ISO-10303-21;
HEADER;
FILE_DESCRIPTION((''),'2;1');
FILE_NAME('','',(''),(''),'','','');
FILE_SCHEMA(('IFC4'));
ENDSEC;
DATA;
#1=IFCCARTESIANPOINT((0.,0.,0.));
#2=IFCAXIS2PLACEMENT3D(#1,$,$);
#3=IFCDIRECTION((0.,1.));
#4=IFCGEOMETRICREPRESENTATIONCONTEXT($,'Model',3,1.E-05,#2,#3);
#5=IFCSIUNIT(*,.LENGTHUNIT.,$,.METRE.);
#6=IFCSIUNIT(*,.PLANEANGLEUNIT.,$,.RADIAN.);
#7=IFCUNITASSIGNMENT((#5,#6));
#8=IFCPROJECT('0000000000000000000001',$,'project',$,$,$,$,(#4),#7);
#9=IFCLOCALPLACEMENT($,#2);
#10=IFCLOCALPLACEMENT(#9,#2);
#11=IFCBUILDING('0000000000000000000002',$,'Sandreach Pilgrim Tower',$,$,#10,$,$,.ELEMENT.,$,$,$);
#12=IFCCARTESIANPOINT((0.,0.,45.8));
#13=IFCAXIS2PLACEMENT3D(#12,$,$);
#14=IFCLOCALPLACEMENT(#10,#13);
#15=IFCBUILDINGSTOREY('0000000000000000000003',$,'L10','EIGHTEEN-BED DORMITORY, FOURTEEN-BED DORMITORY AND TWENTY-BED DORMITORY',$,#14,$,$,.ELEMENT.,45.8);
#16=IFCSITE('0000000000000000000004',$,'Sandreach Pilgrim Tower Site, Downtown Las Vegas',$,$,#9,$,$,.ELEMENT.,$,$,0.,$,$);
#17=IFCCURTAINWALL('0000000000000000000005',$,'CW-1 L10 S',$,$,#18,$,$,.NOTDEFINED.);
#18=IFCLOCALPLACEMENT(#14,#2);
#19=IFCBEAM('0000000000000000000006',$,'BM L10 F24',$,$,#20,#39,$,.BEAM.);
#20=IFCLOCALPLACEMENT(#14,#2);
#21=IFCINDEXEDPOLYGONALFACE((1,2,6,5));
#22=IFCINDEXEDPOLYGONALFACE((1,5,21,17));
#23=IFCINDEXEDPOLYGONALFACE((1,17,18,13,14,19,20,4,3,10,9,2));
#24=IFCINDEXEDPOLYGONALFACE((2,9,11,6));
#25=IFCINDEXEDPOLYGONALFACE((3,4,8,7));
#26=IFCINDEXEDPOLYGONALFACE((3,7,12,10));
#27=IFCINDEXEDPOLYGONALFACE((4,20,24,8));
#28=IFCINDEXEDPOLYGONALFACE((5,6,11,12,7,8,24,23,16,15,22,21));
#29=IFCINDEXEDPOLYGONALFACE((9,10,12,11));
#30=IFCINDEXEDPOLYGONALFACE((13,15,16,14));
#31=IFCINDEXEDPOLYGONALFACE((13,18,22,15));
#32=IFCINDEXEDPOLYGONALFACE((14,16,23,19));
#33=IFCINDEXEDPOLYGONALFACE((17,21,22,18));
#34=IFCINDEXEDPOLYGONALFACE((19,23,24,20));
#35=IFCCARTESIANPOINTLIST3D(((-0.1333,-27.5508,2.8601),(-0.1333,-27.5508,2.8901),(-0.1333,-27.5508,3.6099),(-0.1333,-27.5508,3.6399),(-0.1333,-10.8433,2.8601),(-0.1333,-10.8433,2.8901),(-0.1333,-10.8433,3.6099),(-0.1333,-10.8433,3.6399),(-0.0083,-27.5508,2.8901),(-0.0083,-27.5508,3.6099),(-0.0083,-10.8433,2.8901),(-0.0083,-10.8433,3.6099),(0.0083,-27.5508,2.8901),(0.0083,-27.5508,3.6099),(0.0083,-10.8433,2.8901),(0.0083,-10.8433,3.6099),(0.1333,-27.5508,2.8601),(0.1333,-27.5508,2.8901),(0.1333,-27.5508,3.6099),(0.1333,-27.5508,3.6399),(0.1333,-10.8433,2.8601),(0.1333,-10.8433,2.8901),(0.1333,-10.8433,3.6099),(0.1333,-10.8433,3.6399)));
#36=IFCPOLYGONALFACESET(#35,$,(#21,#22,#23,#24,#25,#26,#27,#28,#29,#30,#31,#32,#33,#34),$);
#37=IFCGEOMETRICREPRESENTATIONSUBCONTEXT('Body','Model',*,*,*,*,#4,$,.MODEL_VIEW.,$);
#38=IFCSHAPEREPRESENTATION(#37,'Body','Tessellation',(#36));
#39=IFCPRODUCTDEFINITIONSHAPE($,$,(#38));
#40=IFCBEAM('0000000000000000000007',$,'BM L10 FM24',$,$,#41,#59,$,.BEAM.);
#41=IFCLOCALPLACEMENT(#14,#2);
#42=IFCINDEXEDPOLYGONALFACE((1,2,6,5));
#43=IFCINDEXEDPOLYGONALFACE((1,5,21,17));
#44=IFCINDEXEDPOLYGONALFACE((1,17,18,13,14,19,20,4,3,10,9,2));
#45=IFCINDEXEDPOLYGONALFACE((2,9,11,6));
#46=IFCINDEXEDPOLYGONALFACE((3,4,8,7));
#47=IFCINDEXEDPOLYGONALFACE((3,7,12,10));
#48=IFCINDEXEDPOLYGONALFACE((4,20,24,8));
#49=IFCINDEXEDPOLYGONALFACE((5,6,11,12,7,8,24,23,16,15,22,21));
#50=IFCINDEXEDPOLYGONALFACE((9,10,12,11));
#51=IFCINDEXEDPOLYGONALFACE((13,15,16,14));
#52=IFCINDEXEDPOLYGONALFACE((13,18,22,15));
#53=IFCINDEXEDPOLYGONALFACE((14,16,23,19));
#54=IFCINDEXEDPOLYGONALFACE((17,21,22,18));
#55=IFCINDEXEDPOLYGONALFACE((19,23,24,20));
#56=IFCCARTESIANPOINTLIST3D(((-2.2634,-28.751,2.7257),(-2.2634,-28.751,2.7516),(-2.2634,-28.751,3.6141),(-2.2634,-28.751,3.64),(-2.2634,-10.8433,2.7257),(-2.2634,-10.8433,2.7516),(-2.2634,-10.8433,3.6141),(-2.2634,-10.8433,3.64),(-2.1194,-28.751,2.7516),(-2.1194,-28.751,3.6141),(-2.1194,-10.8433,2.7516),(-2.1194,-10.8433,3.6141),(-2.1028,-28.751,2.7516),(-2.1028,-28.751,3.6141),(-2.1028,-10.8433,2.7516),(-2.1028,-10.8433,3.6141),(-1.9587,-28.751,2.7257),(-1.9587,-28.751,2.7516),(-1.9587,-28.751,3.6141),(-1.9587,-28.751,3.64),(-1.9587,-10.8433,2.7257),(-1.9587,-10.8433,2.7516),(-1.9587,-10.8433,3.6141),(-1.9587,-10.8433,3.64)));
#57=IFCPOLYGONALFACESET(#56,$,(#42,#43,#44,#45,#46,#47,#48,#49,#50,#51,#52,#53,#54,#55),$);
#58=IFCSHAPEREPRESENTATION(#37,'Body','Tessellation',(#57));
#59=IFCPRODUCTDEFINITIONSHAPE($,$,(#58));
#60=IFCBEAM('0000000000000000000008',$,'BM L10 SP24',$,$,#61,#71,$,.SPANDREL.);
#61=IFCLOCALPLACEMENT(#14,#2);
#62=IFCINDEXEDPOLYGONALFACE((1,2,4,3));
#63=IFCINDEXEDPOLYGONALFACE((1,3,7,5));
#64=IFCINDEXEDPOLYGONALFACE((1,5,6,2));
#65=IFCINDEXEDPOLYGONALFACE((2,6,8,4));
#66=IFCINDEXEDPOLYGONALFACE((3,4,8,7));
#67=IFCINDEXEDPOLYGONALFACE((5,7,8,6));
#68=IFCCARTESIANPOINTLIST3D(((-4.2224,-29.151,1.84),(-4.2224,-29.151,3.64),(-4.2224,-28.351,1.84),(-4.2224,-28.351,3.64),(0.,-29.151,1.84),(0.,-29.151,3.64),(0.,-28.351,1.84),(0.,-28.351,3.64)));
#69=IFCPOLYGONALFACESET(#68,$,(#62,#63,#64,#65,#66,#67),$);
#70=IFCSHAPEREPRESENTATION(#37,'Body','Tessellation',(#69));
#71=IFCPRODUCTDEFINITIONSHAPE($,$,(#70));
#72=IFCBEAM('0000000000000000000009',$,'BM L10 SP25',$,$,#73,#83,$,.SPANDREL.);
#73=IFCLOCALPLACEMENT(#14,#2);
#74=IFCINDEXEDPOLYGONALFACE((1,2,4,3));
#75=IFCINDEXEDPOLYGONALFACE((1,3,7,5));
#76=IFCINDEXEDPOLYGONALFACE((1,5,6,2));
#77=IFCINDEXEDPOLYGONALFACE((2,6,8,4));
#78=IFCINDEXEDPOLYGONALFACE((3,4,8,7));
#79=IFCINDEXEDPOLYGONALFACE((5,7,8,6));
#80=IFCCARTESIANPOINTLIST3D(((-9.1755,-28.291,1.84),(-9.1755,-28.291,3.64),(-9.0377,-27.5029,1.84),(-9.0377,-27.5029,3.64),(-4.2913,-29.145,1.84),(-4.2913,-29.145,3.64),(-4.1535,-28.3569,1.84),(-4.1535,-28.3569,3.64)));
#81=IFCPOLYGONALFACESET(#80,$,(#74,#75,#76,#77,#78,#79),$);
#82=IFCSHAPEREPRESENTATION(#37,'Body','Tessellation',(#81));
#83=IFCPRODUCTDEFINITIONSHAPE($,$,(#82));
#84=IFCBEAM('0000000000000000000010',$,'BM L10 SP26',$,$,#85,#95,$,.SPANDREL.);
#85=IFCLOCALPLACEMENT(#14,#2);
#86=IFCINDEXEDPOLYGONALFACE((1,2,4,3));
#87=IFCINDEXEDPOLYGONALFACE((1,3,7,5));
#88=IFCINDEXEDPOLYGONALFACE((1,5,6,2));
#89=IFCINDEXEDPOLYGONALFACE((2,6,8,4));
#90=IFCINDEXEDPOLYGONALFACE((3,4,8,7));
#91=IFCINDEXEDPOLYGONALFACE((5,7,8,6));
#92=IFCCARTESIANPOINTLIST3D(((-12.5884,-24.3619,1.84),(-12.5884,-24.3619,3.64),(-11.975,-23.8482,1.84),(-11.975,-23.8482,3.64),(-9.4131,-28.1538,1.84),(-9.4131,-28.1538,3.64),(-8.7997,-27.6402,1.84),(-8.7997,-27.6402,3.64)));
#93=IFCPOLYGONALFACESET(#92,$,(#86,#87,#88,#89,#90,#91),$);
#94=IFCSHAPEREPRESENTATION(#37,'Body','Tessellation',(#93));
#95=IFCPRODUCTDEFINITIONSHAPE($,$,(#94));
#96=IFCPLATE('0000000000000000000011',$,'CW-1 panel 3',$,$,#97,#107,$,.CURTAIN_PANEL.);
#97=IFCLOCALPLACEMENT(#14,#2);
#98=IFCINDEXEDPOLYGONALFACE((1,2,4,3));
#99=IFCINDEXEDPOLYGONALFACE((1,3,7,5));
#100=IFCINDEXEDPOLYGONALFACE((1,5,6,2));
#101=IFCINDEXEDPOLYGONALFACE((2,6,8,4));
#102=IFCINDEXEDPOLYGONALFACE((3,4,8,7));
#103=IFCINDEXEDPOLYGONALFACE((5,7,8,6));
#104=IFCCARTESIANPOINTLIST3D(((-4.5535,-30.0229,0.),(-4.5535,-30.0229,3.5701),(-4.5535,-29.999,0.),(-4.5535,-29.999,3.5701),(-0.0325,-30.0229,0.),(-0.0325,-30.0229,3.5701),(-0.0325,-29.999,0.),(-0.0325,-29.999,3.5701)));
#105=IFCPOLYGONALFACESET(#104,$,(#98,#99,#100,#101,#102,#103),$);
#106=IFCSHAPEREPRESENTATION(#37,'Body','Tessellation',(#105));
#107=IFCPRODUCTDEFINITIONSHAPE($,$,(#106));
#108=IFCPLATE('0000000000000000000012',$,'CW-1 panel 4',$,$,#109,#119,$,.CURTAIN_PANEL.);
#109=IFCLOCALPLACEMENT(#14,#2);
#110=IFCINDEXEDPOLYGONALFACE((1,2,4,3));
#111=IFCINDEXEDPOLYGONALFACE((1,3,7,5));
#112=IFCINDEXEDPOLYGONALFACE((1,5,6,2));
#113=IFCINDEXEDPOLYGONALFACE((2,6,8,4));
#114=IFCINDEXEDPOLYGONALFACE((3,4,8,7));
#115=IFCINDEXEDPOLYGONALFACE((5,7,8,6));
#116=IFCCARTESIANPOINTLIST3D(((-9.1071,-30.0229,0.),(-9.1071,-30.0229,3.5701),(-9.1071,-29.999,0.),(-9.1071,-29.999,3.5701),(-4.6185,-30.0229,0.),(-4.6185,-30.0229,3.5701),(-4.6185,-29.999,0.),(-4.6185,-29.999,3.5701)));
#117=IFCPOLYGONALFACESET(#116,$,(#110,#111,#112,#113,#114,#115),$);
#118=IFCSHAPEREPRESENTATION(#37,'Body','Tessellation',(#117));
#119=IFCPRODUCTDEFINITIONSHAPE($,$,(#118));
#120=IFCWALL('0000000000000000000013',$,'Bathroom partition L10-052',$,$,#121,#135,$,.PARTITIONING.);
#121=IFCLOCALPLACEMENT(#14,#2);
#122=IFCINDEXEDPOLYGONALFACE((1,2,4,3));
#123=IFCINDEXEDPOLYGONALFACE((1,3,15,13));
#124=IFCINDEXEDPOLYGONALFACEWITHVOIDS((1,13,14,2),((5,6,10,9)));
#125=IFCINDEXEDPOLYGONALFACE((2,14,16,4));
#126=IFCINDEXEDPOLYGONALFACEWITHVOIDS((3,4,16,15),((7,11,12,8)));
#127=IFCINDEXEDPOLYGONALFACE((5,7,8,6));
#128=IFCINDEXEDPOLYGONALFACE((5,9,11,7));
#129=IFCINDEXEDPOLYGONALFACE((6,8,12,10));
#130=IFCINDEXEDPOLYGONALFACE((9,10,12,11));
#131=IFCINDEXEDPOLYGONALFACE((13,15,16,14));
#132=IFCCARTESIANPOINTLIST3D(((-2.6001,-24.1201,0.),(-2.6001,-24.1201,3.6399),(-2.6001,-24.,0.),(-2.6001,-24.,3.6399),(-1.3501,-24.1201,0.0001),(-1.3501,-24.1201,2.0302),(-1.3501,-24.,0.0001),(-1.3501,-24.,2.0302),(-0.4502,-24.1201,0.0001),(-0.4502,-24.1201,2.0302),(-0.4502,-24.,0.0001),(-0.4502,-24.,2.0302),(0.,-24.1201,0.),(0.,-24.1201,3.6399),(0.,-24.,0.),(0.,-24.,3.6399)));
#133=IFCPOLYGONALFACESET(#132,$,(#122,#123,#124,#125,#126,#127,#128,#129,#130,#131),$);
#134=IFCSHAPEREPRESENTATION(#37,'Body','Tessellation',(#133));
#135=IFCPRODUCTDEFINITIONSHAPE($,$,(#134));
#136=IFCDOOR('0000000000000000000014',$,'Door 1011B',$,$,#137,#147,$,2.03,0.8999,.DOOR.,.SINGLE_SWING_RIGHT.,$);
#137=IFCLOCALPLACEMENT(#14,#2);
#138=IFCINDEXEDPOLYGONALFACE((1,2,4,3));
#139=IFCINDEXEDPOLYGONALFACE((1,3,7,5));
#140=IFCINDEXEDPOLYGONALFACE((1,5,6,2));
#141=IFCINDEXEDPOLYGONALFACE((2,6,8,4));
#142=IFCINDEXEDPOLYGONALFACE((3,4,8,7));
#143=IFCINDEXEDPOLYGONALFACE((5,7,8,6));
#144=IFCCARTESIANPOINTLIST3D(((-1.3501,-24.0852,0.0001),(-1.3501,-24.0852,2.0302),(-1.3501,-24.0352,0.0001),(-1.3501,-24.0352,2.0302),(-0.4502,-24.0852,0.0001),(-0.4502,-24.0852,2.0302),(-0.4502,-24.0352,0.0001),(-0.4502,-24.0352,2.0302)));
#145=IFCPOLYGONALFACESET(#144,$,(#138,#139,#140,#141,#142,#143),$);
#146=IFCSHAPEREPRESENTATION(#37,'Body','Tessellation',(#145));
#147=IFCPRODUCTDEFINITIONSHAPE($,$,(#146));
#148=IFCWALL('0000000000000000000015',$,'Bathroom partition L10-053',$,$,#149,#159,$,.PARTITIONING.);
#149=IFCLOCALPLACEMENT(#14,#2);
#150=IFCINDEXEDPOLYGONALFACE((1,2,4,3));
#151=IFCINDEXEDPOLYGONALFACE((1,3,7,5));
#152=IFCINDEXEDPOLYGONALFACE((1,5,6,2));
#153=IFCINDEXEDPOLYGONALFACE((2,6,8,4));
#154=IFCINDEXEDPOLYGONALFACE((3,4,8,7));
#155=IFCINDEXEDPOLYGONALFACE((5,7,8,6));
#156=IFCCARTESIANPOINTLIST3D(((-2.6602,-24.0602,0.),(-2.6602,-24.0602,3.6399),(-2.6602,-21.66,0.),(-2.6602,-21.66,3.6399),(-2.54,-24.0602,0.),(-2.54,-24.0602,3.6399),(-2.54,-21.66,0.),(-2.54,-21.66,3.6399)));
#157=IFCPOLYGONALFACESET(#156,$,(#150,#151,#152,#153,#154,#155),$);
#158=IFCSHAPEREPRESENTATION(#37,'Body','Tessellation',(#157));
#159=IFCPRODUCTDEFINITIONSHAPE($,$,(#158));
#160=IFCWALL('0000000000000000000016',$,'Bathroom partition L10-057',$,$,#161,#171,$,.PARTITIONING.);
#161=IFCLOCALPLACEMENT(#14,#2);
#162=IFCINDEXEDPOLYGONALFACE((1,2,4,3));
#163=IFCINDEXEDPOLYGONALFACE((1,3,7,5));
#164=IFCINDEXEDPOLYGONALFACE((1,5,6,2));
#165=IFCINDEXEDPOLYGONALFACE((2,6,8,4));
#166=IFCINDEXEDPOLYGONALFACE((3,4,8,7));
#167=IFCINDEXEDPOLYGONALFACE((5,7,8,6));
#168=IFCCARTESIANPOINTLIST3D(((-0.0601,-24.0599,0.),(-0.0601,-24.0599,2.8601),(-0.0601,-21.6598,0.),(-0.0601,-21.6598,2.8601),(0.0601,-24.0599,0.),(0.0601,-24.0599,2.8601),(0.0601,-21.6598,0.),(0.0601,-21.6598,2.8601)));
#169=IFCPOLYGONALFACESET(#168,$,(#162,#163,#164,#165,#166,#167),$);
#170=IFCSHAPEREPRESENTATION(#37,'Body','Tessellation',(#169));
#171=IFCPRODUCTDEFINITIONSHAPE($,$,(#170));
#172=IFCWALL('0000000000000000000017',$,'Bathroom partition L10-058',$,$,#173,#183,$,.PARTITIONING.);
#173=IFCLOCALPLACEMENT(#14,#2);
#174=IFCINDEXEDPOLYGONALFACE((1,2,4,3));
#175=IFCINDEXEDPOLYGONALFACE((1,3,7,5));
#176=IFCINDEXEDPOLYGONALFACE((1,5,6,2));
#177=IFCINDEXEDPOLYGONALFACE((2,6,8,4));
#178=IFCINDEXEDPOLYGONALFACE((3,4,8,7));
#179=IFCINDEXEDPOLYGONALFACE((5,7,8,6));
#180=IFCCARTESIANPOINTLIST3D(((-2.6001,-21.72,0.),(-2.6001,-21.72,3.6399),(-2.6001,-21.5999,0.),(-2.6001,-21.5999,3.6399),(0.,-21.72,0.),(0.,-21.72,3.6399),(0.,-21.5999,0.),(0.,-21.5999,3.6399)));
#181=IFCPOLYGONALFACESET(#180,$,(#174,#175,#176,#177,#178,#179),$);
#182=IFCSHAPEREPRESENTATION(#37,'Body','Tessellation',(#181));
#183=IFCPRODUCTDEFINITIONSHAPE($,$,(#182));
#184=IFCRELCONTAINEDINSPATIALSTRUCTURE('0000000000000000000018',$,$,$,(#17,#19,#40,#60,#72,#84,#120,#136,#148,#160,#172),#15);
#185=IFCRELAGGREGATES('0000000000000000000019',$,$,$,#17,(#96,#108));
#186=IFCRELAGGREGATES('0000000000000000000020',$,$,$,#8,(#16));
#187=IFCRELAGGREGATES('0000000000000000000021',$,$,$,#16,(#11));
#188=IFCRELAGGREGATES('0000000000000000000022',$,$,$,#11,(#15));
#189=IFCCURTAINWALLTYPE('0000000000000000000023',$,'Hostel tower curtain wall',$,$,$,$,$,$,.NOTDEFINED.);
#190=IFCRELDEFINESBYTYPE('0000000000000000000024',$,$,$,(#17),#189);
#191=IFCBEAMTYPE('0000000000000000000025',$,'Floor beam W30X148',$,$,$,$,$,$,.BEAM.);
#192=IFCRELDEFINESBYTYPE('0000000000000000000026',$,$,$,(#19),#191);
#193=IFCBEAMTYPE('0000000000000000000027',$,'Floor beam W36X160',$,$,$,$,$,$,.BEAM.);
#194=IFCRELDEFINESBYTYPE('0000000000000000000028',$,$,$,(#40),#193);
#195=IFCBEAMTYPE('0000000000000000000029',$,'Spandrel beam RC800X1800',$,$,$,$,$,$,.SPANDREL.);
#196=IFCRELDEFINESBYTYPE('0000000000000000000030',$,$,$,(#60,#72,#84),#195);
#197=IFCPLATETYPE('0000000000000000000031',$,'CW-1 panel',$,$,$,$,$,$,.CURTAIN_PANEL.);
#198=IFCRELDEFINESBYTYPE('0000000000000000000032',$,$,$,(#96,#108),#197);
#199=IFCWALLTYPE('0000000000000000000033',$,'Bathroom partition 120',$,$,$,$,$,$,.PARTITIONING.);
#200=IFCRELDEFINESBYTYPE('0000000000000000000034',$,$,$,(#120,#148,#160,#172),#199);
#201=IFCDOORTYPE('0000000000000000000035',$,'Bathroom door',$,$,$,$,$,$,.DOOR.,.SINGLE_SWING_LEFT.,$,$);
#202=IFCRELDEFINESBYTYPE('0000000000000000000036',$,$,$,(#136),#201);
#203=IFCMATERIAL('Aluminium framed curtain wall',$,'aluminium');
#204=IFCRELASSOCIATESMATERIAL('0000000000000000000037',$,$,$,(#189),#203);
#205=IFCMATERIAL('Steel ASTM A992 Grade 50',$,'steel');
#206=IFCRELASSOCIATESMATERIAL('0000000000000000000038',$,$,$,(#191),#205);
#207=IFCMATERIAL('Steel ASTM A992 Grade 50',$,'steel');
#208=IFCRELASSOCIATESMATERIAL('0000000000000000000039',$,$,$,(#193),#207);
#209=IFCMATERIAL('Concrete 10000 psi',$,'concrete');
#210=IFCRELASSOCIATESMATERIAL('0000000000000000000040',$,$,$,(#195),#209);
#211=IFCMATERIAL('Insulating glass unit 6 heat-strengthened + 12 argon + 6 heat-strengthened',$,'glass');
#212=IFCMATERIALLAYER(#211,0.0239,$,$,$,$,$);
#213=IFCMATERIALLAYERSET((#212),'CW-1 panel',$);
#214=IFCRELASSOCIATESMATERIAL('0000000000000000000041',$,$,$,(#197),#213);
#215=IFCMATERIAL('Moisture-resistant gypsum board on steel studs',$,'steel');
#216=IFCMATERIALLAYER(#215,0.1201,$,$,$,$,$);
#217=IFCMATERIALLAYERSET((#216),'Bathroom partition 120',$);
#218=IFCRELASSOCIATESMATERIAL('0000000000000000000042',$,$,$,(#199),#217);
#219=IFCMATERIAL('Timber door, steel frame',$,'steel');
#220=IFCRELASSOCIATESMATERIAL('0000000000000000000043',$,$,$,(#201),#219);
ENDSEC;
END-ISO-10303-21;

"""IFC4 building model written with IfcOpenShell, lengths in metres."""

from ifc_helpers import new_model, si_unit, direction, frame, frame_2d, origin, origin_2d, place, context, subcontext, project, spatial, rectangle, i_section, extrude, material, layer, layer_set, material_profile, profile_set, type_object, element, fill, aggregate, save


model = new_model("IFC4")

# Units and contexts
model_context = context("Model", 3, precision=1e-05, world=origin(), true_north=direction((0.0, 1.0)))
body_context = subcontext(model_context, "Body", "Model", "MODEL_VIEW")
ifc_project = project(units=[si_unit("LENGTHUNIT", "METRE"), si_unit("PLANEANGLEUNIT", "RADIAN")], contexts=[model_context])

# Site, building, storey
site_placement = place(None, origin())
site = spatial("IfcSite", under=ifc_project, at=site_placement, Name="Sandreach Pilgrim Tower Site, Downtown Las Vegas", CompositionType="ELEMENT", RefElevation=0.0)
building_placement = place(site_placement, origin())
building = spatial("IfcBuilding", under=site, at=building_placement, Name="Sandreach Pilgrim Tower", CompositionType="ELEMENT")
storey_placement = place(building_placement, frame((0.0, 0.0, 45.8)))
storey = spatial("IfcBuildingStorey", under=building, at=storey_placement, Name="L10", Description="EIGHTEEN-BED DORMITORY, FOURTEEN-BED DORMITORY AND TWENTY-BED DORMITORY", CompositionType="ELEMENT", Elevation=45.8)

# Curtain wall
ifc_material_1 = material(Name="Aluminium framed curtain wall", Category="aluminium")
curtain_wall_type = type_object("IfcCurtainWallType", Name="Hostel tower curtain wall", PredefinedType="NOTDEFINED", material=ifc_material_1)
curtain_wall_placement = place(storey_placement, origin())
curtain_wall = element("IfcCurtainWall", 1, at=curtain_wall_placement, inside=storey, type_object=curtain_wall_type, Name="CW-1 L10 S", PredefinedType="NOTDEFINED")

# Beams
ifc_material_2 = material(Name="Steel ASTM A992 Grade 50", Category="steel")
ifc_material_profile_1 = material_profile(ifc_material_2, i_section(OverallWidth=0.2666, OverallDepth=0.7798, WebThickness=0.0166, FlangeThickness=0.03, at=origin_2d()), Name="W30X148")
ifc_profile_set_1 = profile_set([ifc_material_profile_1], Name="Steel ASTM A992 Grade 50")
beam_type_1 = type_object("IfcBeamType", Name="Floor beam W30X148", PredefinedType="BEAM", material=ifc_profile_set_1)
beam_1_placement = place(storey_placement, frame((0.0, -27.5508, 3.25), z_axis=(0.0, 1.0, 0.0), x_axis=(-1.0, 0.0, 0.0)))
element("IfcBeam", 2, at=beam_1_placement, inside=storey, type_object=beam_type_1, Name="BM L10 F24", PredefinedType="BEAM", context=body_context, shape_type="SweptSolid", body=[
    extrude(i_section(OverallWidth=0.2666, OverallDepth=0.7798, WebThickness=0.0166, FlangeThickness=0.03, at=origin_2d()), origin(), (0.0, 0.0, 1.0), 16.7075),
])
ifc_material_3 = material(Name="Steel ASTM A992 Grade 50", Category="steel")
ifc_material_profile_2 = material_profile(ifc_material_3, i_section(OverallWidth=0.3047, OverallDepth=0.9143, WebThickness=0.0166, FlangeThickness=0.0259, at=origin_2d()), Name="W36X160")
ifc_profile_set_2 = profile_set([ifc_material_profile_2], Name="Steel ASTM A992 Grade 50")
beam_type_2 = type_object("IfcBeamType", Name="Floor beam W36X160", PredefinedType="BEAM", material=ifc_profile_set_2)
beam_2_placement = place(storey_placement, frame((-2.1111, -28.751, 3.1829), z_axis=(0.0, 1.0, 0.0), x_axis=(-1.0, 0.0, 0.0)))
element("IfcBeam", 3, at=beam_2_placement, inside=storey, type_object=beam_type_2, Name="BM L10 FM24", PredefinedType="BEAM", context=body_context, shape_type="SweptSolid", body=[
    extrude(i_section(OverallWidth=0.3047, OverallDepth=0.9143, WebThickness=0.0166, FlangeThickness=0.0259, at=origin_2d()), origin(), (0.0, 0.0, 1.0), 17.9077),
])
ifc_material_4 = material(Name="Concrete 10000 psi", Category="concrete")
ifc_material_profile_3 = material_profile(ifc_material_4, rectangle(XDim=0.8, YDim=1.8, at=origin_2d()), Name="RC800X1800")
ifc_profile_set_3 = profile_set([ifc_material_profile_3], Name="Concrete 10000 psi")
beam_type_3 = type_object("IfcBeamType", Name="Spandrel beam RC800X1800", PredefinedType="SPANDREL", material=ifc_profile_set_3)
beam_3_placement = place(storey_placement, frame((0.0, -28.751, 2.74), z_axis=(-1.0, 0.0, 0.0), x_axis=(0.0, -1.0, 0.0)))
element("IfcBeam", 4, at=beam_3_placement, inside=storey, type_object=beam_type_3, Name="BM L10 SP24", PredefinedType="SPANDREL", context=body_context, shape_type="SweptSolid", body=[
    extrude(rectangle(XDim=0.8, YDim=1.8, at=origin_2d()), origin(), (0.0, 0.0, 1.0), 4.2224),
])
beam_4_placement = place(storey_placement, frame((-4.2224, -28.751, 2.74), z_axis=(-0.985054, 0.172243, 0.0), x_axis=(-0.172243, -0.985054, 0.0)))
element("IfcBeam", 5, at=beam_4_placement, inside=storey, type_object=beam_type_3, Name="BM L10 SP25", PredefinedType="SPANDREL", context=body_context, shape_type="SweptSolid", body=[
    extrude(rectangle(XDim=0.8, YDim=1.8, at=origin_2d()), origin(), (0.0, 0.0, 1.0), 4.9583),
])
beam_5_placement = place(storey_placement, frame((-9.1064, -27.897, 2.74), z_axis=(-0.642008, 0.766698, 0.0), x_axis=(-0.766698, -0.642008, 0.0)))
element("IfcBeam", 6, at=beam_5_placement, inside=storey, type_object=beam_type_3, Name="BM L10 SP26", PredefinedType="SPANDREL", context=body_context, shape_type="SweptSolid", body=[
    extrude(rectangle(XDim=0.8, YDim=1.8, at=origin_2d()), origin(), (0.0, 0.0, 1.0), 4.9458),
])

# Plates
ifc_material_5 = material(Name="Insulating glass unit 6 heat-strengthened + 12 argon + 6 heat-strengthened", Category="glass")
ifc_layer_1 = layer(ifc_material_5, 0.0239)
ifc_layer_set_1 = layer_set([ifc_layer_1], Name="CW-1 panel")
plate_type = type_object("IfcPlateType", Name="CW-1 panel", PredefinedType="CURTAIN_PANEL", material=ifc_layer_set_1)
plate_1_placement = place(storey_placement, frame((-2.293, -30.011, 0.0), z_axis=(0.0, 0.0, 1.0), x_axis=(-1.0, 0.0, 0.0)))
plate_1 = element("IfcPlate", 7, at=plate_1_placement, type_object=plate_type, Name="CW-1 panel 3", PredefinedType="CURTAIN_PANEL", context=body_context, shape_type="SweptSolid", body=[
    extrude(rectangle(XDim=4.521, YDim=0.0239, at=origin_2d()), origin(), (0.0, 0.0, 1.0), 3.5701),
])
plate_2_placement = place(storey_placement, frame((-6.8628, -30.011, 0.0), z_axis=(0.0, 0.0, 1.0), x_axis=(-1.0, 0.0, 0.0)))
plate_2 = element("IfcPlate", 8, at=plate_2_placement, type_object=plate_type, Name="CW-1 panel 4", PredefinedType="CURTAIN_PANEL", context=body_context, shape_type="SweptSolid", body=[
    extrude(rectangle(XDim=4.4885, YDim=0.0239, at=origin_2d()), origin(), (0.0, 0.0, 1.0), 3.5701),
])
aggregate(curtain_wall, [plate_1, plate_2])

# Wall, opening, door
ifc_material_6 = material(Name="Moisture-resistant gypsum board on steel studs", Category="steel")
ifc_layer_2 = layer(ifc_material_6, 0.1201)
ifc_layer_set_2 = layer_set([ifc_layer_2], Name="Bathroom partition 120")
wall_type_1 = type_object("IfcWallType", Name="Bathroom partition 120", PredefinedType="PARTITIONING", material=ifc_layer_set_2)
wall_1_placement = place(storey_placement, frame((-2.6001, -24.0601, 0.0), z_axis=(0.0, 0.0, 1.0), x_axis=(1.0, 0.0, 0.0)))
wall_1 = element("IfcWall", 9, at=wall_1_placement, inside=storey, type_object=wall_type_1, Name="Bathroom partition L10-052", PredefinedType="PARTITIONING", context=body_context, shape_type="SweptSolid", body=[
    extrude(rectangle(XDim=2.6001, YDim=0.1201, at=frame_2d((1.3, 0.0))), origin(), (0.0, 0.0, 1.0), 3.6399),
])
opening_1_placement = place(wall_1_placement, frame((1.25, 0.0, 0.0)))
opening_1 = element("IfcOpeningElement", 10, at=opening_1_placement, cuts=wall_1, PredefinedType="OPENING", context=body_context, shape_type="SweptSolid", body=[
    extrude(rectangle(XDim=0.8999, YDim=2.03, at=frame_2d((0.45, 1.0151))), frame((0.0, 0.0601, 0.0), z_axis=(0.0, -1.0, 0.0), x_axis=(1.0, 0.0, 0.0)), (0.0, 0.0, 1.0), 0.1201),
])
ifc_material_7 = material(Name="Timber door, steel frame", Category="steel")
door_type_1 = type_object("IfcDoorType", Name="Bathroom door", OperationType="SINGLE_SWING_LEFT", PredefinedType="DOOR", material=ifc_material_7)
door_1_placement = place(opening_1_placement, origin())
door_1 = element("IfcDoor", 11, at=door_1_placement, inside=storey, type_object=door_type_1, Name="Door 1011B", OperationType="SINGLE_SWING_RIGHT", OverallHeight=2.03, OverallWidth=0.8999, PredefinedType="DOOR", context=body_context, shape_type="SweptSolid", body=[
    extrude(rectangle(XDim=0.8999, YDim=2.03, at=frame_2d((0.45, 1.0151))), frame((0.0, 0.0249, 0.0), z_axis=(0.0, -1.0, 0.0), x_axis=(1.0, 0.0, 0.0)), (0.0, 0.0, 1.0), 0.05),
])
fill(opening_1, door_1)

# Walls
wall_2_placement = place(storey_placement, frame((-2.6001, -21.6599, 0.0), z_axis=(0.0, 0.0, 1.0), x_axis=(0.0, -1.0, 0.0)))
element("IfcWall", 12, at=wall_2_placement, inside=storey, type_object=wall_type_1, Name="Bathroom partition L10-053", PredefinedType="PARTITIONING", context=body_context, shape_type="SweptSolid", body=[
    extrude(rectangle(XDim=2.4001, YDim=0.1201, at=frame_2d((1.2002, 0.0))), origin(), (0.0, 0.0, 1.0), 3.6399),
])
wall_3_placement = place(storey_placement, frame((0.0, -24.0601, 0.0), z_axis=(0.0, 0.0, 1.0), x_axis=(0.0, 1.0, 0.0)))
element("IfcWall", 13, at=wall_3_placement, inside=storey, type_object=wall_type_1, Name="Bathroom partition L10-057", PredefinedType="PARTITIONING", context=body_context, shape_type="SweptSolid", body=[
    extrude(rectangle(XDim=2.4001, YDim=0.1201, at=frame_2d((1.2002, 0.0))), origin(), (0.0, 0.0, 1.0), 2.8601),
])
wall_4_placement = place(storey_placement, frame((0.0, -21.6599, 0.0), z_axis=(0.0, 0.0, 1.0), x_axis=(-1.0, 0.0, 0.0)))
element("IfcWall", 14, at=wall_4_placement, inside=storey, type_object=wall_type_1, Name="Bathroom partition L10-058", PredefinedType="PARTITIONING", context=body_context, shape_type="SweptSolid", body=[
    extrude(rectangle(XDim=2.6001, YDim=0.1201, at=frame_2d((1.3, 0.0))), origin(), (0.0, 0.0, 1.0), 3.6399),
])

save(model, "model.ifc")
